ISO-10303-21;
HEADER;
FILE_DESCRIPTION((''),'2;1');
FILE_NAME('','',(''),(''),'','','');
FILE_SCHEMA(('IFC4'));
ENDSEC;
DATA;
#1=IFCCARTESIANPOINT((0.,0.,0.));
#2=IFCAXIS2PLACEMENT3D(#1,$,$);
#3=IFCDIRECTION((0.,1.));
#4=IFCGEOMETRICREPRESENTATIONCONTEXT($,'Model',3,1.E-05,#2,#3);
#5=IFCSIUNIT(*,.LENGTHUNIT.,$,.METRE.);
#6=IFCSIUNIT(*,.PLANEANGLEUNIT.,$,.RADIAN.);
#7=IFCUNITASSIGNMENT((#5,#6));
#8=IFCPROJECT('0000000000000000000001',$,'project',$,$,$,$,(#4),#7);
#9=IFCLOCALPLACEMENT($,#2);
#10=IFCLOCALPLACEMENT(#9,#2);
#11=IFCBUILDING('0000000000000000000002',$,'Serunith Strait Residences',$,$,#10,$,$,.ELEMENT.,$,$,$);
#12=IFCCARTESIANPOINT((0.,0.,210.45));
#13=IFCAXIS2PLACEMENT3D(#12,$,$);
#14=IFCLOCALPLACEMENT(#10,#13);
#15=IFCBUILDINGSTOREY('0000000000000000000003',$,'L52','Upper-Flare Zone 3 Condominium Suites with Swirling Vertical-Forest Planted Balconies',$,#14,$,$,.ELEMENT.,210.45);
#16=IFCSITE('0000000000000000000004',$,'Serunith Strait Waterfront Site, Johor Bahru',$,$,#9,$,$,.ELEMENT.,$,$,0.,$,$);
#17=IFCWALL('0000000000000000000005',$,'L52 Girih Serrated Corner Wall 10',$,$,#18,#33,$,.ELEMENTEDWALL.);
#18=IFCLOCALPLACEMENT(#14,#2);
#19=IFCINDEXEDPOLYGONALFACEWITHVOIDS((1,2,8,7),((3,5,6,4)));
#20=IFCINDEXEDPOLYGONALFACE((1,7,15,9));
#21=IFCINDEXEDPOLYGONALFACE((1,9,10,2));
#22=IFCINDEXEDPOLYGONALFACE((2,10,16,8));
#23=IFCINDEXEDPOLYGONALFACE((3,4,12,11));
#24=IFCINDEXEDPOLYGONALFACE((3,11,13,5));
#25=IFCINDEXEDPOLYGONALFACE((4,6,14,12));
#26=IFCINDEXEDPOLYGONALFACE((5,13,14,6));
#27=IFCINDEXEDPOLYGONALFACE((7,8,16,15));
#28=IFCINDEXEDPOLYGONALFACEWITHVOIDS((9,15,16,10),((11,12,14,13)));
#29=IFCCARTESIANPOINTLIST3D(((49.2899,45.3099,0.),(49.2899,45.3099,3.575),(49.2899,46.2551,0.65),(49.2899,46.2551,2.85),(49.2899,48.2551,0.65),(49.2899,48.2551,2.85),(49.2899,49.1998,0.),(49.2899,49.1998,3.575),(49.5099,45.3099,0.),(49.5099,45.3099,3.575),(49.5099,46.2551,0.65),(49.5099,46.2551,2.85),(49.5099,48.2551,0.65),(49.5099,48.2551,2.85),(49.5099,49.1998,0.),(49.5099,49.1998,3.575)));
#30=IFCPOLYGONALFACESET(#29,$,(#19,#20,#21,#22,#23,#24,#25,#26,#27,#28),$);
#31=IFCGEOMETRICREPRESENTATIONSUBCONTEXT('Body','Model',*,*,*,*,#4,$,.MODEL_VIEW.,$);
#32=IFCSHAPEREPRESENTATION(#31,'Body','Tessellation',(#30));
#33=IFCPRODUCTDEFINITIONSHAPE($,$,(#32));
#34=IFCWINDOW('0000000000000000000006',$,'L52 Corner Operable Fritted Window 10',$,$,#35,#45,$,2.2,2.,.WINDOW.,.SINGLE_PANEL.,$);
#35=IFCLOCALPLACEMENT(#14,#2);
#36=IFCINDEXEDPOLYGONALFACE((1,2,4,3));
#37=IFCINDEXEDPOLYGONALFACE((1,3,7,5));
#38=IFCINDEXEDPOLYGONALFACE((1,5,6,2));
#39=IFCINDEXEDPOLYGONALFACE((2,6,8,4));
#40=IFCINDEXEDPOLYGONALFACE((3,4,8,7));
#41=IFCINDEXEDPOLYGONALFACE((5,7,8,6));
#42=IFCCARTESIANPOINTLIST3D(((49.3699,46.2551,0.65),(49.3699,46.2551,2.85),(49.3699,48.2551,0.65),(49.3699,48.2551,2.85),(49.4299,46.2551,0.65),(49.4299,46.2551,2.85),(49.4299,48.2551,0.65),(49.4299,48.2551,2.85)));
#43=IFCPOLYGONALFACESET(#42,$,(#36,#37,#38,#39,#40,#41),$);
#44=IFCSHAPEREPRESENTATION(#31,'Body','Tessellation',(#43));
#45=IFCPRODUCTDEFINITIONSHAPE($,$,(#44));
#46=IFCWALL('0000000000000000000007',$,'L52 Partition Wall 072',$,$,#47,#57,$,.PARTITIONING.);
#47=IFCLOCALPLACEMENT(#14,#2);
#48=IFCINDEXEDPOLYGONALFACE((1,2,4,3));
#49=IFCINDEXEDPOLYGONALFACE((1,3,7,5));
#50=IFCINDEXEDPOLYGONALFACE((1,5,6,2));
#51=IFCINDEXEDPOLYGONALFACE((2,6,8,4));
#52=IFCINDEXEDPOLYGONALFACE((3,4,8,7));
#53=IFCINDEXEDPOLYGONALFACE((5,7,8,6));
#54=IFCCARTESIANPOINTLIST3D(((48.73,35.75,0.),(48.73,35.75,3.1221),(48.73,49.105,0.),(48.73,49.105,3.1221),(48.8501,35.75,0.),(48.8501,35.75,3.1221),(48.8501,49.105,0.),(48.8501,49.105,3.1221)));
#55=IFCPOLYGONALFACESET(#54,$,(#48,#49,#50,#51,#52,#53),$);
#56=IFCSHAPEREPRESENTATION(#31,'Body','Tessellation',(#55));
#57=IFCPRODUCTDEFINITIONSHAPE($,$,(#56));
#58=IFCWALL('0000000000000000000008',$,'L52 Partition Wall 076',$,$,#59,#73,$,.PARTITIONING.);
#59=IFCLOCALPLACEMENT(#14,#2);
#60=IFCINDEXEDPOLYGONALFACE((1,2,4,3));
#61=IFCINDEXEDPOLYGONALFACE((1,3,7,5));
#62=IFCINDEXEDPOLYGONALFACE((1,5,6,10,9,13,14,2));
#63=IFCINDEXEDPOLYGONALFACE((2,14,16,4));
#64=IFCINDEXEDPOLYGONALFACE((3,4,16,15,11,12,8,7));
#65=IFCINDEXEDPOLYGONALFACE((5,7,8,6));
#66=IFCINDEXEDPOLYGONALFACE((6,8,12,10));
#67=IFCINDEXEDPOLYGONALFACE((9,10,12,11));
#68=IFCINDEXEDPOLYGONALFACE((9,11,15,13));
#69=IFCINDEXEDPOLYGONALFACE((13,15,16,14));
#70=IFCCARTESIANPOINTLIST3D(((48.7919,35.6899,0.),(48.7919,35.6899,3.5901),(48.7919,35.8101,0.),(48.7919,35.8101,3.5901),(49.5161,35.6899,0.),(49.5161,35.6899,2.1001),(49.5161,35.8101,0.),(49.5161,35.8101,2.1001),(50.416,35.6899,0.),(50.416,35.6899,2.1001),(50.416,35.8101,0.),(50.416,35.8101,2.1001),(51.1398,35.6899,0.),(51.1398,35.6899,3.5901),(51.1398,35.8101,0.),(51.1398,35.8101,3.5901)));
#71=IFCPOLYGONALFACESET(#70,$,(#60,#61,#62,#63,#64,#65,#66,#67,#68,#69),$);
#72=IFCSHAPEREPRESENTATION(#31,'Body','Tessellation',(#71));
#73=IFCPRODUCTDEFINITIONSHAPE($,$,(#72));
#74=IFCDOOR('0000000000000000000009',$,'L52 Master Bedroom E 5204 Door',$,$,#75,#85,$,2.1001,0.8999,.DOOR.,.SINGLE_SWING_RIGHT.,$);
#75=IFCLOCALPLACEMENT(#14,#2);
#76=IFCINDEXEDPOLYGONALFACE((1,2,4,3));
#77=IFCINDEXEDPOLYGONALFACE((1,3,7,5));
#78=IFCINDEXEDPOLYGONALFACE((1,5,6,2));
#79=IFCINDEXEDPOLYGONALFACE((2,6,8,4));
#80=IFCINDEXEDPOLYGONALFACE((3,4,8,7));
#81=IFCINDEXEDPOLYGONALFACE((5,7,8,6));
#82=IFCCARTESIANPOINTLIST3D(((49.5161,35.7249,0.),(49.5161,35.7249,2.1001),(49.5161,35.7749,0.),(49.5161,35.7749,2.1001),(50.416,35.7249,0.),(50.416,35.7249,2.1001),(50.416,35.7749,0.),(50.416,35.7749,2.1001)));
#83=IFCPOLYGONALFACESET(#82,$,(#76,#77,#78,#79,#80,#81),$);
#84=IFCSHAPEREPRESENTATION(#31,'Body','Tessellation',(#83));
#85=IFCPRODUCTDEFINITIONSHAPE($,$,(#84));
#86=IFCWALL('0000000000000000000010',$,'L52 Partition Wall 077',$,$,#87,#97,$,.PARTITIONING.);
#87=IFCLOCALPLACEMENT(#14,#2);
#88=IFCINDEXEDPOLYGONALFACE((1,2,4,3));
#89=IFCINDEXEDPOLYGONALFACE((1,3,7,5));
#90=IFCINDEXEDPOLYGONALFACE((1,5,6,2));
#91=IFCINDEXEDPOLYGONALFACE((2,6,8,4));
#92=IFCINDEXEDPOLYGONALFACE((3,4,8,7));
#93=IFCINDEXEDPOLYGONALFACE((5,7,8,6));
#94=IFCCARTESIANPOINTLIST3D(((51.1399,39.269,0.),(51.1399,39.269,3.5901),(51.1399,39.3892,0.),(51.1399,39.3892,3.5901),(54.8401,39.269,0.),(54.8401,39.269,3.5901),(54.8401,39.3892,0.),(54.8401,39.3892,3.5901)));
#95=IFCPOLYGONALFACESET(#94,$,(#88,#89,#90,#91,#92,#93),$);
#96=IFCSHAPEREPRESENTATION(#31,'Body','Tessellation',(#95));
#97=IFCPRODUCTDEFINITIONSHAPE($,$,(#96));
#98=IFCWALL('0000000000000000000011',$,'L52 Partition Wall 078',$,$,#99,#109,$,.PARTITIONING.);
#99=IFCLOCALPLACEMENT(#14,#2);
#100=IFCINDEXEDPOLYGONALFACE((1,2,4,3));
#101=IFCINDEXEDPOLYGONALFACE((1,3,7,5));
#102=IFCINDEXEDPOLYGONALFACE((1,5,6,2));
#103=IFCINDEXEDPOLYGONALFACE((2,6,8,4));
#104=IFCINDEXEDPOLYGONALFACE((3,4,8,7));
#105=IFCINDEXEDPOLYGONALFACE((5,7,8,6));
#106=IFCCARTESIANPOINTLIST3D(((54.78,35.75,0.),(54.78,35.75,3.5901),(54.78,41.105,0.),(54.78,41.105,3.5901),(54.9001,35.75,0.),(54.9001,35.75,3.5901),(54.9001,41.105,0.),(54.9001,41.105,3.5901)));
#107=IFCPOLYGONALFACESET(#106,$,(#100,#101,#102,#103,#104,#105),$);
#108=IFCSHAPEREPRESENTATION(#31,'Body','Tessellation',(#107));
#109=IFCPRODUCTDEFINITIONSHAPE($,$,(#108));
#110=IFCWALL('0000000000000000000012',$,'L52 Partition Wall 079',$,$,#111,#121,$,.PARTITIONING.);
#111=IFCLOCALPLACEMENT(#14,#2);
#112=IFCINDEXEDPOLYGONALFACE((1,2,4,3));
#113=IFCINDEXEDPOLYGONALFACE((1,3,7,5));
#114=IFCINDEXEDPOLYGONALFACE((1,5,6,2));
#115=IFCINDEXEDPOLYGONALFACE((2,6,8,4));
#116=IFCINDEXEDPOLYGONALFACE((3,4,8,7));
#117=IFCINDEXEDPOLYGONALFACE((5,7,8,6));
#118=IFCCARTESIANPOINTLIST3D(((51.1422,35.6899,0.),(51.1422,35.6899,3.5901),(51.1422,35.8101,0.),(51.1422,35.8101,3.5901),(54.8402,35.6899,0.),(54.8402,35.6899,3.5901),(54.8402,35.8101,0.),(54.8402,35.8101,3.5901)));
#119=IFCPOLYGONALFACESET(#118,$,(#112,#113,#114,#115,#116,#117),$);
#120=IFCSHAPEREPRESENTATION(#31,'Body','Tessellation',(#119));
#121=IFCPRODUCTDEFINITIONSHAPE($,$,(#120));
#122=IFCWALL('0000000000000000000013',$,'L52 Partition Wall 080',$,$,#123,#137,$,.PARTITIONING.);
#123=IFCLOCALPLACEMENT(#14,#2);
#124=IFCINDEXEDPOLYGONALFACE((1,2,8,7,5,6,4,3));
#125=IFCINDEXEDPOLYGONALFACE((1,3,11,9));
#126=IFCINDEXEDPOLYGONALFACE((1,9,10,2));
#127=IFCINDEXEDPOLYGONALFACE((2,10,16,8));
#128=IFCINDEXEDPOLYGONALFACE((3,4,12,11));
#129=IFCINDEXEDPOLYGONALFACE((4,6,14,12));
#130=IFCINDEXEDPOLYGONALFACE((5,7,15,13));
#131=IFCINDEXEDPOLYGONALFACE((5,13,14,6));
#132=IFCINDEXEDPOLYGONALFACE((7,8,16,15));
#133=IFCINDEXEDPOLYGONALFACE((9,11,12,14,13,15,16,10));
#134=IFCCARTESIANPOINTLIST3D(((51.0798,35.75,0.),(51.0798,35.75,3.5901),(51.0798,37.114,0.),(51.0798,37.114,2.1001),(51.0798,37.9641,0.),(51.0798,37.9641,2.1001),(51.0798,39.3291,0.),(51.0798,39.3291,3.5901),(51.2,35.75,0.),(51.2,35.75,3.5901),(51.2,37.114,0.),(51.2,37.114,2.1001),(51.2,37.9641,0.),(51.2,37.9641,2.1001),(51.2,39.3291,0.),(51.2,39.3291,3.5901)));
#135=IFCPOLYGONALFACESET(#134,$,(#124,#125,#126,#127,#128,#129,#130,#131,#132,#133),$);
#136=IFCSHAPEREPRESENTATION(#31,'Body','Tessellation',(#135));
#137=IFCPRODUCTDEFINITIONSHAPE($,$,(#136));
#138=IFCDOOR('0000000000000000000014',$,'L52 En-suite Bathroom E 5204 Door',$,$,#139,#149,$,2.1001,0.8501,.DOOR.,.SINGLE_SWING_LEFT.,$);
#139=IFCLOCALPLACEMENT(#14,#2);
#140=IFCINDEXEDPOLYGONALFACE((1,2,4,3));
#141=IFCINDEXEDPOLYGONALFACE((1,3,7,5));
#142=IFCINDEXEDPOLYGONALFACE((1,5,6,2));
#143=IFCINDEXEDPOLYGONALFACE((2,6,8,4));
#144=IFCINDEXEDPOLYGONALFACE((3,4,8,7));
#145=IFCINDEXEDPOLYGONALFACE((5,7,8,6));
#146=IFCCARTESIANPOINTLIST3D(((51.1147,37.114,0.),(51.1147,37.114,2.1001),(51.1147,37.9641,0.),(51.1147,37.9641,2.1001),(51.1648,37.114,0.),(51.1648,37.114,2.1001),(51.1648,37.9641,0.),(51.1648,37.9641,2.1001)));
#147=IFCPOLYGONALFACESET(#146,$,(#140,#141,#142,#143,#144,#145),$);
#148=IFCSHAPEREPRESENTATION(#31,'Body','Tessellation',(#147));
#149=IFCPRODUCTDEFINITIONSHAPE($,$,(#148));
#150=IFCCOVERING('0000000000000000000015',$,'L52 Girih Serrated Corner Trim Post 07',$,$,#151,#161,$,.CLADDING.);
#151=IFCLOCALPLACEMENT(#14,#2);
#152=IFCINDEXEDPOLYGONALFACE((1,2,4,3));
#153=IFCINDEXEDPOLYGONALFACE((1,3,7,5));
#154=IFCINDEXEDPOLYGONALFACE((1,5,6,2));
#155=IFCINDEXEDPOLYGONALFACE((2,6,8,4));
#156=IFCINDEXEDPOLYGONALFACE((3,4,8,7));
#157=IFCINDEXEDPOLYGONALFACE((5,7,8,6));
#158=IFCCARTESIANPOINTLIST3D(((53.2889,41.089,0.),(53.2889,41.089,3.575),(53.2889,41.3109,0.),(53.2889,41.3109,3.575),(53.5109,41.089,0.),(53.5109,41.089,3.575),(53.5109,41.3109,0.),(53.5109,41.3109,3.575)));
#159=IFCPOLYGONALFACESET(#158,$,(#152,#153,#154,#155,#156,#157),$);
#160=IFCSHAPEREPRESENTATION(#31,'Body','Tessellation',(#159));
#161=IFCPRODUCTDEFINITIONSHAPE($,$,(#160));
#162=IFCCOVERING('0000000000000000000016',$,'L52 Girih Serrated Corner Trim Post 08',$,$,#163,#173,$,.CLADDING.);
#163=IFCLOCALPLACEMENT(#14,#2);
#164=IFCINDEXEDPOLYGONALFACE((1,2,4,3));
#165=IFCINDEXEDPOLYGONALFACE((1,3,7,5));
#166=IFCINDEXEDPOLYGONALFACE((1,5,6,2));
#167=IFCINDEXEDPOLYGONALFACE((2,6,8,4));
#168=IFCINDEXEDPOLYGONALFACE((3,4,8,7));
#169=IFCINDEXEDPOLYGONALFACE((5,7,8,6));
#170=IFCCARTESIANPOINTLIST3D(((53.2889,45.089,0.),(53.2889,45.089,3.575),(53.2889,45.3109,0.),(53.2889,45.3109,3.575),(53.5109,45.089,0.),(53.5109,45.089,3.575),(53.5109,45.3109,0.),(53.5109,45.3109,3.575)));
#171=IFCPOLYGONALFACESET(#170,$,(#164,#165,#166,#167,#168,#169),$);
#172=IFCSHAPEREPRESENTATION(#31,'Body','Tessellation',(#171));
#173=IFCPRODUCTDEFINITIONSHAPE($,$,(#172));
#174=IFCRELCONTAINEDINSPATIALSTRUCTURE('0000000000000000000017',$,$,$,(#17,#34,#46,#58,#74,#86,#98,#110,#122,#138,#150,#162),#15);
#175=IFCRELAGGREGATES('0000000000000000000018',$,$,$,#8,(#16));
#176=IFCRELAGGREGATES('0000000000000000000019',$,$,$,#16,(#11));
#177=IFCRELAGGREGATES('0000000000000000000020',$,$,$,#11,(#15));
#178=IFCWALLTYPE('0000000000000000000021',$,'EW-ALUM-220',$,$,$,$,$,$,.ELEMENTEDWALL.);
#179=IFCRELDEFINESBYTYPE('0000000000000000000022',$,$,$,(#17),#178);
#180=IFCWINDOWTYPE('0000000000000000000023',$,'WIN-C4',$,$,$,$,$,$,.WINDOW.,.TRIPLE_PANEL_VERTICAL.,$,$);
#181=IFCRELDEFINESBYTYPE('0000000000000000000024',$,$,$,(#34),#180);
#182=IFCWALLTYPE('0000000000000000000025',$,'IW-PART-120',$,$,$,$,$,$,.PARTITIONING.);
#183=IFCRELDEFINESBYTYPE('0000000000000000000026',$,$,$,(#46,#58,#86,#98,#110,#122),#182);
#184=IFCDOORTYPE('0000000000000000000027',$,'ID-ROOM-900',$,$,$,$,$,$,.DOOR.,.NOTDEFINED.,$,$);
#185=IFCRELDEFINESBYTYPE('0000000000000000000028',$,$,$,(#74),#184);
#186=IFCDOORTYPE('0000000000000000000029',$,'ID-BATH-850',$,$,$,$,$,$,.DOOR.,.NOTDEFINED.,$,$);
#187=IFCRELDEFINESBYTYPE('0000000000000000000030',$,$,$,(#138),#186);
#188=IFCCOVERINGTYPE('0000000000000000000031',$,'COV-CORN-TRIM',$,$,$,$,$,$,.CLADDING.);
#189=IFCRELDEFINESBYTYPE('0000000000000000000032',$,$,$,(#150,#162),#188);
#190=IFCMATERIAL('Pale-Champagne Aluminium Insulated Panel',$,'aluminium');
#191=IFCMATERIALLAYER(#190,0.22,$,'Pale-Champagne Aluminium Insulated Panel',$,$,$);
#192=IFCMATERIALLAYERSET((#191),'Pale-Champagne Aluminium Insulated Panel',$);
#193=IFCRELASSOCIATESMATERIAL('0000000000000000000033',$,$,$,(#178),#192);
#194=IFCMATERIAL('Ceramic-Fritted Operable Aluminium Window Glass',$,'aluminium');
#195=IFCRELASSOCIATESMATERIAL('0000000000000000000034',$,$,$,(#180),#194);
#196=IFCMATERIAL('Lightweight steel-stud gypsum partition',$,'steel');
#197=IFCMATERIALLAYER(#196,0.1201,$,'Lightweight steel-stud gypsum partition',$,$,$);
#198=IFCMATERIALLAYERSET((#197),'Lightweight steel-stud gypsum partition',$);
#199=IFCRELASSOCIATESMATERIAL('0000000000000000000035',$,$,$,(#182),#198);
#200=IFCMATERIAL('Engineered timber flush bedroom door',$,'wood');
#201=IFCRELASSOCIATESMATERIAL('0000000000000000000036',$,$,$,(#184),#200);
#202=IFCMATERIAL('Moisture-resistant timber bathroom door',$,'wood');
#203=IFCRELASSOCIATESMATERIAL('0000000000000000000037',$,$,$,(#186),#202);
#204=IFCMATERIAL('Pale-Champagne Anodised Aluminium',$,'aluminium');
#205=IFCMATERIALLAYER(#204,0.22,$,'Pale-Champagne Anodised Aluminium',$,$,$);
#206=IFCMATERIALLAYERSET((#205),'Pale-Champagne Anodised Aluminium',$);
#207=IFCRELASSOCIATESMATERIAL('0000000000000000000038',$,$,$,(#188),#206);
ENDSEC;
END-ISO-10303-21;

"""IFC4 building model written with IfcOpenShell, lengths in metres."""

from ifc_helpers import new_model, si_unit, direction, frame, frame_2d, origin, origin_2d, place, context, subcontext, project, spatial, rectangle, extrude, source, transform, mapped, material, layer, layer_set, type_object, element, fill, save


model = new_model("IFC4")

# Units and contexts
model_context = context("Model", 3, precision=1e-05, world=origin(), true_north=direction((0.0, 1.0)))
body_context = subcontext(model_context, "Body", "Model", "MODEL_VIEW")
ifc_project = project(units=[si_unit("LENGTHUNIT", "METRE"), si_unit("PLANEANGLEUNIT", "RADIAN")], contexts=[model_context])

# Site, building, storey
site_placement = place(None, origin())
site = spatial("IfcSite", under=ifc_project, at=site_placement, Name="Serunith Strait Waterfront Site, Johor Bahru", CompositionType="ELEMENT", RefElevation=0.0)
building_placement = place(site_placement, origin())
building = spatial("IfcBuilding", under=site, at=building_placement, Name="Serunith Strait Residences", CompositionType="ELEMENT")
storey_placement = place(building_placement, frame((0.0, 0.0, 210.45)))
storey = spatial("IfcBuildingStorey", under=building, at=storey_placement, Name="L52", Description="Upper-Flare Zone 3 Condominium Suites with Swirling Vertical-Forest Planted Balconies", CompositionType="ELEMENT", Elevation=210.45)

# Shared definitions
ifc_material_1 = material(Name="Pale-Champagne Anodised Aluminium", Category="aluminium")

# Shared definitions
ifc_material_2 = material(Name="Pale-Champagne Aluminium Insulated Panel", Category="aluminium")
ifc_layer_1 = layer(ifc_material_2, 0.22, Name="Pale-Champagne Aluminium Insulated Panel")
ifc_layer_set_1 = layer_set([ifc_layer_1], Name="Pale-Champagne Aluminium Insulated Panel")
wall_type_1 = type_object("IfcWallType", Name="EW-ALUM-220", PredefinedType="ELEMENTEDWALL", material=ifc_layer_set_1)

# Wall, opening, window
ifc_material_3 = material(Name="Ceramic-Fritted Operable Aluminium Window Glass", Category="aluminium")
window_type = type_object("IfcWindowType", Name="WIN-C4", PartitioningType="TRIPLE_PANEL_VERTICAL", PredefinedType="WINDOW", material=ifc_material_3)
shared_shape_1 = source(origin(), body_context, "Body", "SweptSolid", [
    extrude(rectangle(XDim=2.0, YDim=2.2, at=frame_2d((1.0, 1.1001))), frame((0.0, 0.03, 0.0), z_axis=(0.0, -1.0, 0.0), x_axis=(1.0, 0.0, 0.0)), (0.0, 0.0, 1.0), 0.0601),
])
wall_1_placement = place(storey_placement, frame((49.3999, 45.3101, 0.0), z_axis=(0.0, 0.0, 1.0), x_axis=(0.0, 1.0, 0.0)))
wall_1 = element("IfcWall", 1, at=wall_1_placement, inside=storey, type_object=wall_type_1, Name="L52 Girih Serrated Corner Wall 10", PredefinedType="ELEMENTEDWALL", context=body_context, shape_type="SweptSolid", body=[
    extrude(rectangle(XDim=3.8899, YDim=0.22, at=frame_2d((1.9448, 0.0))), origin(), (0.0, 0.0, 1.0), 3.575),
])
opening_1_placement = place(wall_1_placement, frame((0.9451, 0.0, 0.6499)))
opening_1 = element("IfcOpeningElement", 2, at=opening_1_placement, cuts=wall_1, PredefinedType="OPENING", context=body_context, shape_type="SweptSolid", body=[
    extrude(rectangle(XDim=2.0, YDim=2.2, at=frame_2d((1.0, 1.1001))), frame((0.0, 0.1201, 0.0), z_axis=(0.0, -1.0, 0.0), x_axis=(1.0, 0.0, 0.0)), (0.0, 0.0, 1.0), 0.24),
])
window_1_placement = place(opening_1_placement, origin())
window_1 = element("IfcWindow", 3, at=window_1_placement, inside=storey, type_object=window_type, Name="L52 Corner Operable Fritted Window 10", OverallHeight=2.2, OverallWidth=2.0, PartitioningType="SINGLE_PANEL", PredefinedType="WINDOW", context=body_context, shape_type="MappedRepresentation", body=[
    mapped(shared_shape_1, transform((0.0, 0.0, 0.0), scale=1.0)),
])
fill(opening_1, window_1)

# Wall
ifc_material_4 = material(Name="Lightweight steel-stud gypsum partition", Category="steel")
ifc_layer_2 = layer(ifc_material_4, 0.1201, Name="Lightweight steel-stud gypsum partition")
ifc_layer_set_2 = layer_set([ifc_layer_2], Name="Lightweight steel-stud gypsum partition")
wall_type_2 = type_object("IfcWallType", Name="IW-PART-120", PredefinedType="PARTITIONING", material=ifc_layer_set_2)
wall_2_placement = place(storey_placement, frame((48.79, 49.105, 0.0), z_axis=(0.0, 0.0, 1.0), x_axis=(0.0, -1.0, 0.0)))
element("IfcWall", 4, at=wall_2_placement, inside=storey, type_object=wall_type_2, Name="L52 Partition Wall 072", PredefinedType="PARTITIONING", context=body_context, shape_type="SweptSolid", body=[
    extrude(rectangle(XDim=13.355, YDim=0.1201, at=frame_2d((6.6775, 0.0))), origin(), (0.0, 0.0, 1.0), 3.1221),
])

# Wall, opening, door
wall_3_placement = place(storey_placement, frame((48.792, 35.75, 0.0), z_axis=(0.0, 0.0, 1.0), x_axis=(1.0, 0.0, 0.0)))
wall_3 = element("IfcWall", 5, at=wall_3_placement, inside=storey, type_object=wall_type_2, Name="L52 Partition Wall 076", PredefinedType="PARTITIONING", context=body_context, shape_type="SweptSolid", body=[
    extrude(rectangle(XDim=2.3479, YDim=0.1201, at=frame_2d((1.1738, 0.0))), origin(), (0.0, 0.0, 1.0), 3.5901),
])
opening_2_placement = place(wall_3_placement, frame((0.7241, 0.0, 0.0)))
opening_2 = element("IfcOpeningElement", 6, at=opening_2_placement, cuts=wall_3, PredefinedType="OPENING", context=body_context, shape_type="SweptSolid", body=[
    extrude(rectangle(XDim=0.8999, YDim=2.1001, at=frame_2d((0.45, 1.05))), frame((0.0, 0.0701, 0.0), z_axis=(0.0, -1.0, 0.0), x_axis=(1.0, 0.0, 0.0)), (0.0, 0.0, 1.0), 0.1401),
])
ifc_material_5 = material(Name="Engineered timber flush bedroom door", Category="wood")
door_type_1 = type_object("IfcDoorType", Name="ID-ROOM-900", OperationType="NOTDEFINED", PredefinedType="DOOR", material=ifc_material_5)
shared_shape_2 = source(origin(), body_context, "Body", "SweptSolid", [
    extrude(rectangle(XDim=0.8999, YDim=2.1001, at=frame_2d((0.45, 1.05))), frame((0.0, 0.0249, 0.0), z_axis=(0.0, -1.0, 0.0), x_axis=(1.0, 0.0, 0.0)), (0.0, 0.0, 1.0), 0.05),
])
door_1_placement = place(opening_2_placement, origin())
door_1 = element("IfcDoor", 7, at=door_1_placement, inside=storey, type_object=door_type_1, Name="L52 Master Bedroom E 5204 Door", OperationType="SINGLE_SWING_RIGHT", OverallHeight=2.1001, OverallWidth=0.8999, PredefinedType="DOOR", context=body_context, shape_type="MappedRepresentation", body=[
    mapped(shared_shape_2, transform((0.0, 0.0, 0.0), scale=1.0)),
])
fill(opening_2, door_1)

# Walls
wall_4_placement = place(storey_placement, frame((51.1399, 39.3291, 0.0), z_axis=(0.0, 0.0, 1.0), x_axis=(1.0, 0.0, 0.0)))
element("IfcWall", 8, at=wall_4_placement, inside=storey, type_object=wall_type_2, Name="L52 Partition Wall 077", PredefinedType="PARTITIONING", context=body_context, shape_type="SweptSolid", body=[
    extrude(rectangle(XDim=3.7002, YDim=0.1201, at=frame_2d((1.8501, 0.0))), origin(), (0.0, 0.0, 1.0), 3.5901),
])
wall_5_placement = place(storey_placement, frame((54.8401, 41.105, 0.0), z_axis=(0.0, 0.0, 1.0), x_axis=(0.0, -1.0, 0.0)))
element("IfcWall", 9, at=wall_5_placement, inside=storey, type_object=wall_type_2, Name="L52 Partition Wall 078", PredefinedType="PARTITIONING", context=body_context, shape_type="SweptSolid", body=[
    extrude(rectangle(XDim=5.355, YDim=0.1201, at=frame_2d((2.6775, 0.0))), origin(), (0.0, 0.0, 1.0), 3.5901),
])
wall_6_placement = place(storey_placement, frame((51.1421, 35.75, 0.0), z_axis=(0.0, 0.0, 1.0), x_axis=(1.0, 0.0, 0.0)))
element("IfcWall", 10, at=wall_6_placement, inside=storey, type_object=wall_type_2, Name="L52 Partition Wall 079", PredefinedType="PARTITIONING", context=body_context, shape_type="SweptSolid", body=[
    extrude(rectangle(XDim=3.698, YDim=0.1201, at=frame_2d((1.8491, 0.0))), origin(), (0.0, 0.0, 1.0), 3.5901),
])

# Wall, opening, door
wall_7_placement = place(storey_placement, frame((51.1399, 39.3291, 0.0), z_axis=(0.0, 0.0, 1.0), x_axis=(0.0, -1.0, 0.0)))
wall_7 = element("IfcWall", 11, at=wall_7_placement, inside=storey, type_object=wall_type_2, Name="L52 Partition Wall 080", PredefinedType="PARTITIONING", context=body_context, shape_type="SweptSolid", body=[
    extrude(rectangle(XDim=3.5791, YDim=0.1201, at=frame_2d((1.7896, 0.0))), origin(), (0.0, 0.0, 1.0), 3.5901),
])
opening_3_placement = place(wall_7_placement, frame((1.365, 0.0, 0.0)))
opening_3 = element("IfcOpeningElement", 12, at=opening_3_placement, cuts=wall_7, PredefinedType="OPENING", context=body_context, shape_type="SweptSolid", body=[
    extrude(rectangle(XDim=0.8501, YDim=2.1001, at=frame_2d((0.425, 1.05))), frame((0.0, 0.0701, 0.0), z_axis=(0.0, -1.0, 0.0), x_axis=(1.0, 0.0, 0.0)), (0.0, 0.0, 1.0), 0.1401),
])
ifc_material_6 = material(Name="Moisture-resistant timber bathroom door", Category="wood")
door_type_2 = type_object("IfcDoorType", Name="ID-BATH-850", OperationType="NOTDEFINED", PredefinedType="DOOR", material=ifc_material_6)
shared_shape_3 = source(origin(), body_context, "Body", "SweptSolid", [
    extrude(rectangle(XDim=0.8501, YDim=2.1001, at=frame_2d((0.425, 1.05))), frame((0.0, 0.0249, 0.0), z_axis=(0.0, -1.0, 0.0), x_axis=(1.0, 0.0, 0.0)), (0.0, 0.0, 1.0), 0.05),
])
door_2_placement = place(opening_3_placement, origin())
door_2 = element("IfcDoor", 13, at=door_2_placement, inside=storey, type_object=door_type_2, Name="L52 En-suite Bathroom E 5204 Door", OperationType="SINGLE_SWING_LEFT", OverallHeight=2.1001, OverallWidth=0.8501, PredefinedType="DOOR", context=body_context, shape_type="MappedRepresentation", body=[
    mapped(shared_shape_3, transform((0.0, 0.0, 0.0), scale=1.0)),
])
fill(opening_3, door_2)

# Coverings
ifc_layer_3 = layer(ifc_material_1, 0.22, Name="Pale-Champagne Anodised Aluminium")
ifc_layer_set_3 = layer_set([ifc_layer_3], Name="Pale-Champagne Anodised Aluminium")
covering_type = type_object("IfcCoveringType", Name="COV-CORN-TRIM", PredefinedType="CLADDING", material=ifc_layer_set_3)
shared_shape_4 = source(origin(), body_context, "Body", "SweptSolid", [
    extrude(rectangle(XDim=0.2219, YDim=0.2219, at=origin_2d()), origin(), (0.0, 0.0, 1.0), 3.575),
])
for number, where, z_axis, x_axis, name in (
    (14, (53.3999, 41.2, 0.0), (0.0, 0.0, 1.0), (1.0, 0.0, 0.0), "L52 Girih Serrated Corner Trim Post 07"),
    (15, (53.3999, 45.2, 0.0), (0.0, 0.0, 1.0), (1.0, 0.0, 0.0), "L52 Girih Serrated Corner Trim Post 08"),
):
    element("IfcCovering", number, at=place(storey_placement, frame(where, z_axis=z_axis, x_axis=x_axis)), inside=storey, type_object=covering_type, Name=name, PredefinedType="CLADDING", context=body_context, shape_type="MappedRepresentation", body=[
        mapped(shared_shape_4, transform((0.0, 0.0, 0.0), scale=1.0)),
    ])

save(model, "model.ifc")
